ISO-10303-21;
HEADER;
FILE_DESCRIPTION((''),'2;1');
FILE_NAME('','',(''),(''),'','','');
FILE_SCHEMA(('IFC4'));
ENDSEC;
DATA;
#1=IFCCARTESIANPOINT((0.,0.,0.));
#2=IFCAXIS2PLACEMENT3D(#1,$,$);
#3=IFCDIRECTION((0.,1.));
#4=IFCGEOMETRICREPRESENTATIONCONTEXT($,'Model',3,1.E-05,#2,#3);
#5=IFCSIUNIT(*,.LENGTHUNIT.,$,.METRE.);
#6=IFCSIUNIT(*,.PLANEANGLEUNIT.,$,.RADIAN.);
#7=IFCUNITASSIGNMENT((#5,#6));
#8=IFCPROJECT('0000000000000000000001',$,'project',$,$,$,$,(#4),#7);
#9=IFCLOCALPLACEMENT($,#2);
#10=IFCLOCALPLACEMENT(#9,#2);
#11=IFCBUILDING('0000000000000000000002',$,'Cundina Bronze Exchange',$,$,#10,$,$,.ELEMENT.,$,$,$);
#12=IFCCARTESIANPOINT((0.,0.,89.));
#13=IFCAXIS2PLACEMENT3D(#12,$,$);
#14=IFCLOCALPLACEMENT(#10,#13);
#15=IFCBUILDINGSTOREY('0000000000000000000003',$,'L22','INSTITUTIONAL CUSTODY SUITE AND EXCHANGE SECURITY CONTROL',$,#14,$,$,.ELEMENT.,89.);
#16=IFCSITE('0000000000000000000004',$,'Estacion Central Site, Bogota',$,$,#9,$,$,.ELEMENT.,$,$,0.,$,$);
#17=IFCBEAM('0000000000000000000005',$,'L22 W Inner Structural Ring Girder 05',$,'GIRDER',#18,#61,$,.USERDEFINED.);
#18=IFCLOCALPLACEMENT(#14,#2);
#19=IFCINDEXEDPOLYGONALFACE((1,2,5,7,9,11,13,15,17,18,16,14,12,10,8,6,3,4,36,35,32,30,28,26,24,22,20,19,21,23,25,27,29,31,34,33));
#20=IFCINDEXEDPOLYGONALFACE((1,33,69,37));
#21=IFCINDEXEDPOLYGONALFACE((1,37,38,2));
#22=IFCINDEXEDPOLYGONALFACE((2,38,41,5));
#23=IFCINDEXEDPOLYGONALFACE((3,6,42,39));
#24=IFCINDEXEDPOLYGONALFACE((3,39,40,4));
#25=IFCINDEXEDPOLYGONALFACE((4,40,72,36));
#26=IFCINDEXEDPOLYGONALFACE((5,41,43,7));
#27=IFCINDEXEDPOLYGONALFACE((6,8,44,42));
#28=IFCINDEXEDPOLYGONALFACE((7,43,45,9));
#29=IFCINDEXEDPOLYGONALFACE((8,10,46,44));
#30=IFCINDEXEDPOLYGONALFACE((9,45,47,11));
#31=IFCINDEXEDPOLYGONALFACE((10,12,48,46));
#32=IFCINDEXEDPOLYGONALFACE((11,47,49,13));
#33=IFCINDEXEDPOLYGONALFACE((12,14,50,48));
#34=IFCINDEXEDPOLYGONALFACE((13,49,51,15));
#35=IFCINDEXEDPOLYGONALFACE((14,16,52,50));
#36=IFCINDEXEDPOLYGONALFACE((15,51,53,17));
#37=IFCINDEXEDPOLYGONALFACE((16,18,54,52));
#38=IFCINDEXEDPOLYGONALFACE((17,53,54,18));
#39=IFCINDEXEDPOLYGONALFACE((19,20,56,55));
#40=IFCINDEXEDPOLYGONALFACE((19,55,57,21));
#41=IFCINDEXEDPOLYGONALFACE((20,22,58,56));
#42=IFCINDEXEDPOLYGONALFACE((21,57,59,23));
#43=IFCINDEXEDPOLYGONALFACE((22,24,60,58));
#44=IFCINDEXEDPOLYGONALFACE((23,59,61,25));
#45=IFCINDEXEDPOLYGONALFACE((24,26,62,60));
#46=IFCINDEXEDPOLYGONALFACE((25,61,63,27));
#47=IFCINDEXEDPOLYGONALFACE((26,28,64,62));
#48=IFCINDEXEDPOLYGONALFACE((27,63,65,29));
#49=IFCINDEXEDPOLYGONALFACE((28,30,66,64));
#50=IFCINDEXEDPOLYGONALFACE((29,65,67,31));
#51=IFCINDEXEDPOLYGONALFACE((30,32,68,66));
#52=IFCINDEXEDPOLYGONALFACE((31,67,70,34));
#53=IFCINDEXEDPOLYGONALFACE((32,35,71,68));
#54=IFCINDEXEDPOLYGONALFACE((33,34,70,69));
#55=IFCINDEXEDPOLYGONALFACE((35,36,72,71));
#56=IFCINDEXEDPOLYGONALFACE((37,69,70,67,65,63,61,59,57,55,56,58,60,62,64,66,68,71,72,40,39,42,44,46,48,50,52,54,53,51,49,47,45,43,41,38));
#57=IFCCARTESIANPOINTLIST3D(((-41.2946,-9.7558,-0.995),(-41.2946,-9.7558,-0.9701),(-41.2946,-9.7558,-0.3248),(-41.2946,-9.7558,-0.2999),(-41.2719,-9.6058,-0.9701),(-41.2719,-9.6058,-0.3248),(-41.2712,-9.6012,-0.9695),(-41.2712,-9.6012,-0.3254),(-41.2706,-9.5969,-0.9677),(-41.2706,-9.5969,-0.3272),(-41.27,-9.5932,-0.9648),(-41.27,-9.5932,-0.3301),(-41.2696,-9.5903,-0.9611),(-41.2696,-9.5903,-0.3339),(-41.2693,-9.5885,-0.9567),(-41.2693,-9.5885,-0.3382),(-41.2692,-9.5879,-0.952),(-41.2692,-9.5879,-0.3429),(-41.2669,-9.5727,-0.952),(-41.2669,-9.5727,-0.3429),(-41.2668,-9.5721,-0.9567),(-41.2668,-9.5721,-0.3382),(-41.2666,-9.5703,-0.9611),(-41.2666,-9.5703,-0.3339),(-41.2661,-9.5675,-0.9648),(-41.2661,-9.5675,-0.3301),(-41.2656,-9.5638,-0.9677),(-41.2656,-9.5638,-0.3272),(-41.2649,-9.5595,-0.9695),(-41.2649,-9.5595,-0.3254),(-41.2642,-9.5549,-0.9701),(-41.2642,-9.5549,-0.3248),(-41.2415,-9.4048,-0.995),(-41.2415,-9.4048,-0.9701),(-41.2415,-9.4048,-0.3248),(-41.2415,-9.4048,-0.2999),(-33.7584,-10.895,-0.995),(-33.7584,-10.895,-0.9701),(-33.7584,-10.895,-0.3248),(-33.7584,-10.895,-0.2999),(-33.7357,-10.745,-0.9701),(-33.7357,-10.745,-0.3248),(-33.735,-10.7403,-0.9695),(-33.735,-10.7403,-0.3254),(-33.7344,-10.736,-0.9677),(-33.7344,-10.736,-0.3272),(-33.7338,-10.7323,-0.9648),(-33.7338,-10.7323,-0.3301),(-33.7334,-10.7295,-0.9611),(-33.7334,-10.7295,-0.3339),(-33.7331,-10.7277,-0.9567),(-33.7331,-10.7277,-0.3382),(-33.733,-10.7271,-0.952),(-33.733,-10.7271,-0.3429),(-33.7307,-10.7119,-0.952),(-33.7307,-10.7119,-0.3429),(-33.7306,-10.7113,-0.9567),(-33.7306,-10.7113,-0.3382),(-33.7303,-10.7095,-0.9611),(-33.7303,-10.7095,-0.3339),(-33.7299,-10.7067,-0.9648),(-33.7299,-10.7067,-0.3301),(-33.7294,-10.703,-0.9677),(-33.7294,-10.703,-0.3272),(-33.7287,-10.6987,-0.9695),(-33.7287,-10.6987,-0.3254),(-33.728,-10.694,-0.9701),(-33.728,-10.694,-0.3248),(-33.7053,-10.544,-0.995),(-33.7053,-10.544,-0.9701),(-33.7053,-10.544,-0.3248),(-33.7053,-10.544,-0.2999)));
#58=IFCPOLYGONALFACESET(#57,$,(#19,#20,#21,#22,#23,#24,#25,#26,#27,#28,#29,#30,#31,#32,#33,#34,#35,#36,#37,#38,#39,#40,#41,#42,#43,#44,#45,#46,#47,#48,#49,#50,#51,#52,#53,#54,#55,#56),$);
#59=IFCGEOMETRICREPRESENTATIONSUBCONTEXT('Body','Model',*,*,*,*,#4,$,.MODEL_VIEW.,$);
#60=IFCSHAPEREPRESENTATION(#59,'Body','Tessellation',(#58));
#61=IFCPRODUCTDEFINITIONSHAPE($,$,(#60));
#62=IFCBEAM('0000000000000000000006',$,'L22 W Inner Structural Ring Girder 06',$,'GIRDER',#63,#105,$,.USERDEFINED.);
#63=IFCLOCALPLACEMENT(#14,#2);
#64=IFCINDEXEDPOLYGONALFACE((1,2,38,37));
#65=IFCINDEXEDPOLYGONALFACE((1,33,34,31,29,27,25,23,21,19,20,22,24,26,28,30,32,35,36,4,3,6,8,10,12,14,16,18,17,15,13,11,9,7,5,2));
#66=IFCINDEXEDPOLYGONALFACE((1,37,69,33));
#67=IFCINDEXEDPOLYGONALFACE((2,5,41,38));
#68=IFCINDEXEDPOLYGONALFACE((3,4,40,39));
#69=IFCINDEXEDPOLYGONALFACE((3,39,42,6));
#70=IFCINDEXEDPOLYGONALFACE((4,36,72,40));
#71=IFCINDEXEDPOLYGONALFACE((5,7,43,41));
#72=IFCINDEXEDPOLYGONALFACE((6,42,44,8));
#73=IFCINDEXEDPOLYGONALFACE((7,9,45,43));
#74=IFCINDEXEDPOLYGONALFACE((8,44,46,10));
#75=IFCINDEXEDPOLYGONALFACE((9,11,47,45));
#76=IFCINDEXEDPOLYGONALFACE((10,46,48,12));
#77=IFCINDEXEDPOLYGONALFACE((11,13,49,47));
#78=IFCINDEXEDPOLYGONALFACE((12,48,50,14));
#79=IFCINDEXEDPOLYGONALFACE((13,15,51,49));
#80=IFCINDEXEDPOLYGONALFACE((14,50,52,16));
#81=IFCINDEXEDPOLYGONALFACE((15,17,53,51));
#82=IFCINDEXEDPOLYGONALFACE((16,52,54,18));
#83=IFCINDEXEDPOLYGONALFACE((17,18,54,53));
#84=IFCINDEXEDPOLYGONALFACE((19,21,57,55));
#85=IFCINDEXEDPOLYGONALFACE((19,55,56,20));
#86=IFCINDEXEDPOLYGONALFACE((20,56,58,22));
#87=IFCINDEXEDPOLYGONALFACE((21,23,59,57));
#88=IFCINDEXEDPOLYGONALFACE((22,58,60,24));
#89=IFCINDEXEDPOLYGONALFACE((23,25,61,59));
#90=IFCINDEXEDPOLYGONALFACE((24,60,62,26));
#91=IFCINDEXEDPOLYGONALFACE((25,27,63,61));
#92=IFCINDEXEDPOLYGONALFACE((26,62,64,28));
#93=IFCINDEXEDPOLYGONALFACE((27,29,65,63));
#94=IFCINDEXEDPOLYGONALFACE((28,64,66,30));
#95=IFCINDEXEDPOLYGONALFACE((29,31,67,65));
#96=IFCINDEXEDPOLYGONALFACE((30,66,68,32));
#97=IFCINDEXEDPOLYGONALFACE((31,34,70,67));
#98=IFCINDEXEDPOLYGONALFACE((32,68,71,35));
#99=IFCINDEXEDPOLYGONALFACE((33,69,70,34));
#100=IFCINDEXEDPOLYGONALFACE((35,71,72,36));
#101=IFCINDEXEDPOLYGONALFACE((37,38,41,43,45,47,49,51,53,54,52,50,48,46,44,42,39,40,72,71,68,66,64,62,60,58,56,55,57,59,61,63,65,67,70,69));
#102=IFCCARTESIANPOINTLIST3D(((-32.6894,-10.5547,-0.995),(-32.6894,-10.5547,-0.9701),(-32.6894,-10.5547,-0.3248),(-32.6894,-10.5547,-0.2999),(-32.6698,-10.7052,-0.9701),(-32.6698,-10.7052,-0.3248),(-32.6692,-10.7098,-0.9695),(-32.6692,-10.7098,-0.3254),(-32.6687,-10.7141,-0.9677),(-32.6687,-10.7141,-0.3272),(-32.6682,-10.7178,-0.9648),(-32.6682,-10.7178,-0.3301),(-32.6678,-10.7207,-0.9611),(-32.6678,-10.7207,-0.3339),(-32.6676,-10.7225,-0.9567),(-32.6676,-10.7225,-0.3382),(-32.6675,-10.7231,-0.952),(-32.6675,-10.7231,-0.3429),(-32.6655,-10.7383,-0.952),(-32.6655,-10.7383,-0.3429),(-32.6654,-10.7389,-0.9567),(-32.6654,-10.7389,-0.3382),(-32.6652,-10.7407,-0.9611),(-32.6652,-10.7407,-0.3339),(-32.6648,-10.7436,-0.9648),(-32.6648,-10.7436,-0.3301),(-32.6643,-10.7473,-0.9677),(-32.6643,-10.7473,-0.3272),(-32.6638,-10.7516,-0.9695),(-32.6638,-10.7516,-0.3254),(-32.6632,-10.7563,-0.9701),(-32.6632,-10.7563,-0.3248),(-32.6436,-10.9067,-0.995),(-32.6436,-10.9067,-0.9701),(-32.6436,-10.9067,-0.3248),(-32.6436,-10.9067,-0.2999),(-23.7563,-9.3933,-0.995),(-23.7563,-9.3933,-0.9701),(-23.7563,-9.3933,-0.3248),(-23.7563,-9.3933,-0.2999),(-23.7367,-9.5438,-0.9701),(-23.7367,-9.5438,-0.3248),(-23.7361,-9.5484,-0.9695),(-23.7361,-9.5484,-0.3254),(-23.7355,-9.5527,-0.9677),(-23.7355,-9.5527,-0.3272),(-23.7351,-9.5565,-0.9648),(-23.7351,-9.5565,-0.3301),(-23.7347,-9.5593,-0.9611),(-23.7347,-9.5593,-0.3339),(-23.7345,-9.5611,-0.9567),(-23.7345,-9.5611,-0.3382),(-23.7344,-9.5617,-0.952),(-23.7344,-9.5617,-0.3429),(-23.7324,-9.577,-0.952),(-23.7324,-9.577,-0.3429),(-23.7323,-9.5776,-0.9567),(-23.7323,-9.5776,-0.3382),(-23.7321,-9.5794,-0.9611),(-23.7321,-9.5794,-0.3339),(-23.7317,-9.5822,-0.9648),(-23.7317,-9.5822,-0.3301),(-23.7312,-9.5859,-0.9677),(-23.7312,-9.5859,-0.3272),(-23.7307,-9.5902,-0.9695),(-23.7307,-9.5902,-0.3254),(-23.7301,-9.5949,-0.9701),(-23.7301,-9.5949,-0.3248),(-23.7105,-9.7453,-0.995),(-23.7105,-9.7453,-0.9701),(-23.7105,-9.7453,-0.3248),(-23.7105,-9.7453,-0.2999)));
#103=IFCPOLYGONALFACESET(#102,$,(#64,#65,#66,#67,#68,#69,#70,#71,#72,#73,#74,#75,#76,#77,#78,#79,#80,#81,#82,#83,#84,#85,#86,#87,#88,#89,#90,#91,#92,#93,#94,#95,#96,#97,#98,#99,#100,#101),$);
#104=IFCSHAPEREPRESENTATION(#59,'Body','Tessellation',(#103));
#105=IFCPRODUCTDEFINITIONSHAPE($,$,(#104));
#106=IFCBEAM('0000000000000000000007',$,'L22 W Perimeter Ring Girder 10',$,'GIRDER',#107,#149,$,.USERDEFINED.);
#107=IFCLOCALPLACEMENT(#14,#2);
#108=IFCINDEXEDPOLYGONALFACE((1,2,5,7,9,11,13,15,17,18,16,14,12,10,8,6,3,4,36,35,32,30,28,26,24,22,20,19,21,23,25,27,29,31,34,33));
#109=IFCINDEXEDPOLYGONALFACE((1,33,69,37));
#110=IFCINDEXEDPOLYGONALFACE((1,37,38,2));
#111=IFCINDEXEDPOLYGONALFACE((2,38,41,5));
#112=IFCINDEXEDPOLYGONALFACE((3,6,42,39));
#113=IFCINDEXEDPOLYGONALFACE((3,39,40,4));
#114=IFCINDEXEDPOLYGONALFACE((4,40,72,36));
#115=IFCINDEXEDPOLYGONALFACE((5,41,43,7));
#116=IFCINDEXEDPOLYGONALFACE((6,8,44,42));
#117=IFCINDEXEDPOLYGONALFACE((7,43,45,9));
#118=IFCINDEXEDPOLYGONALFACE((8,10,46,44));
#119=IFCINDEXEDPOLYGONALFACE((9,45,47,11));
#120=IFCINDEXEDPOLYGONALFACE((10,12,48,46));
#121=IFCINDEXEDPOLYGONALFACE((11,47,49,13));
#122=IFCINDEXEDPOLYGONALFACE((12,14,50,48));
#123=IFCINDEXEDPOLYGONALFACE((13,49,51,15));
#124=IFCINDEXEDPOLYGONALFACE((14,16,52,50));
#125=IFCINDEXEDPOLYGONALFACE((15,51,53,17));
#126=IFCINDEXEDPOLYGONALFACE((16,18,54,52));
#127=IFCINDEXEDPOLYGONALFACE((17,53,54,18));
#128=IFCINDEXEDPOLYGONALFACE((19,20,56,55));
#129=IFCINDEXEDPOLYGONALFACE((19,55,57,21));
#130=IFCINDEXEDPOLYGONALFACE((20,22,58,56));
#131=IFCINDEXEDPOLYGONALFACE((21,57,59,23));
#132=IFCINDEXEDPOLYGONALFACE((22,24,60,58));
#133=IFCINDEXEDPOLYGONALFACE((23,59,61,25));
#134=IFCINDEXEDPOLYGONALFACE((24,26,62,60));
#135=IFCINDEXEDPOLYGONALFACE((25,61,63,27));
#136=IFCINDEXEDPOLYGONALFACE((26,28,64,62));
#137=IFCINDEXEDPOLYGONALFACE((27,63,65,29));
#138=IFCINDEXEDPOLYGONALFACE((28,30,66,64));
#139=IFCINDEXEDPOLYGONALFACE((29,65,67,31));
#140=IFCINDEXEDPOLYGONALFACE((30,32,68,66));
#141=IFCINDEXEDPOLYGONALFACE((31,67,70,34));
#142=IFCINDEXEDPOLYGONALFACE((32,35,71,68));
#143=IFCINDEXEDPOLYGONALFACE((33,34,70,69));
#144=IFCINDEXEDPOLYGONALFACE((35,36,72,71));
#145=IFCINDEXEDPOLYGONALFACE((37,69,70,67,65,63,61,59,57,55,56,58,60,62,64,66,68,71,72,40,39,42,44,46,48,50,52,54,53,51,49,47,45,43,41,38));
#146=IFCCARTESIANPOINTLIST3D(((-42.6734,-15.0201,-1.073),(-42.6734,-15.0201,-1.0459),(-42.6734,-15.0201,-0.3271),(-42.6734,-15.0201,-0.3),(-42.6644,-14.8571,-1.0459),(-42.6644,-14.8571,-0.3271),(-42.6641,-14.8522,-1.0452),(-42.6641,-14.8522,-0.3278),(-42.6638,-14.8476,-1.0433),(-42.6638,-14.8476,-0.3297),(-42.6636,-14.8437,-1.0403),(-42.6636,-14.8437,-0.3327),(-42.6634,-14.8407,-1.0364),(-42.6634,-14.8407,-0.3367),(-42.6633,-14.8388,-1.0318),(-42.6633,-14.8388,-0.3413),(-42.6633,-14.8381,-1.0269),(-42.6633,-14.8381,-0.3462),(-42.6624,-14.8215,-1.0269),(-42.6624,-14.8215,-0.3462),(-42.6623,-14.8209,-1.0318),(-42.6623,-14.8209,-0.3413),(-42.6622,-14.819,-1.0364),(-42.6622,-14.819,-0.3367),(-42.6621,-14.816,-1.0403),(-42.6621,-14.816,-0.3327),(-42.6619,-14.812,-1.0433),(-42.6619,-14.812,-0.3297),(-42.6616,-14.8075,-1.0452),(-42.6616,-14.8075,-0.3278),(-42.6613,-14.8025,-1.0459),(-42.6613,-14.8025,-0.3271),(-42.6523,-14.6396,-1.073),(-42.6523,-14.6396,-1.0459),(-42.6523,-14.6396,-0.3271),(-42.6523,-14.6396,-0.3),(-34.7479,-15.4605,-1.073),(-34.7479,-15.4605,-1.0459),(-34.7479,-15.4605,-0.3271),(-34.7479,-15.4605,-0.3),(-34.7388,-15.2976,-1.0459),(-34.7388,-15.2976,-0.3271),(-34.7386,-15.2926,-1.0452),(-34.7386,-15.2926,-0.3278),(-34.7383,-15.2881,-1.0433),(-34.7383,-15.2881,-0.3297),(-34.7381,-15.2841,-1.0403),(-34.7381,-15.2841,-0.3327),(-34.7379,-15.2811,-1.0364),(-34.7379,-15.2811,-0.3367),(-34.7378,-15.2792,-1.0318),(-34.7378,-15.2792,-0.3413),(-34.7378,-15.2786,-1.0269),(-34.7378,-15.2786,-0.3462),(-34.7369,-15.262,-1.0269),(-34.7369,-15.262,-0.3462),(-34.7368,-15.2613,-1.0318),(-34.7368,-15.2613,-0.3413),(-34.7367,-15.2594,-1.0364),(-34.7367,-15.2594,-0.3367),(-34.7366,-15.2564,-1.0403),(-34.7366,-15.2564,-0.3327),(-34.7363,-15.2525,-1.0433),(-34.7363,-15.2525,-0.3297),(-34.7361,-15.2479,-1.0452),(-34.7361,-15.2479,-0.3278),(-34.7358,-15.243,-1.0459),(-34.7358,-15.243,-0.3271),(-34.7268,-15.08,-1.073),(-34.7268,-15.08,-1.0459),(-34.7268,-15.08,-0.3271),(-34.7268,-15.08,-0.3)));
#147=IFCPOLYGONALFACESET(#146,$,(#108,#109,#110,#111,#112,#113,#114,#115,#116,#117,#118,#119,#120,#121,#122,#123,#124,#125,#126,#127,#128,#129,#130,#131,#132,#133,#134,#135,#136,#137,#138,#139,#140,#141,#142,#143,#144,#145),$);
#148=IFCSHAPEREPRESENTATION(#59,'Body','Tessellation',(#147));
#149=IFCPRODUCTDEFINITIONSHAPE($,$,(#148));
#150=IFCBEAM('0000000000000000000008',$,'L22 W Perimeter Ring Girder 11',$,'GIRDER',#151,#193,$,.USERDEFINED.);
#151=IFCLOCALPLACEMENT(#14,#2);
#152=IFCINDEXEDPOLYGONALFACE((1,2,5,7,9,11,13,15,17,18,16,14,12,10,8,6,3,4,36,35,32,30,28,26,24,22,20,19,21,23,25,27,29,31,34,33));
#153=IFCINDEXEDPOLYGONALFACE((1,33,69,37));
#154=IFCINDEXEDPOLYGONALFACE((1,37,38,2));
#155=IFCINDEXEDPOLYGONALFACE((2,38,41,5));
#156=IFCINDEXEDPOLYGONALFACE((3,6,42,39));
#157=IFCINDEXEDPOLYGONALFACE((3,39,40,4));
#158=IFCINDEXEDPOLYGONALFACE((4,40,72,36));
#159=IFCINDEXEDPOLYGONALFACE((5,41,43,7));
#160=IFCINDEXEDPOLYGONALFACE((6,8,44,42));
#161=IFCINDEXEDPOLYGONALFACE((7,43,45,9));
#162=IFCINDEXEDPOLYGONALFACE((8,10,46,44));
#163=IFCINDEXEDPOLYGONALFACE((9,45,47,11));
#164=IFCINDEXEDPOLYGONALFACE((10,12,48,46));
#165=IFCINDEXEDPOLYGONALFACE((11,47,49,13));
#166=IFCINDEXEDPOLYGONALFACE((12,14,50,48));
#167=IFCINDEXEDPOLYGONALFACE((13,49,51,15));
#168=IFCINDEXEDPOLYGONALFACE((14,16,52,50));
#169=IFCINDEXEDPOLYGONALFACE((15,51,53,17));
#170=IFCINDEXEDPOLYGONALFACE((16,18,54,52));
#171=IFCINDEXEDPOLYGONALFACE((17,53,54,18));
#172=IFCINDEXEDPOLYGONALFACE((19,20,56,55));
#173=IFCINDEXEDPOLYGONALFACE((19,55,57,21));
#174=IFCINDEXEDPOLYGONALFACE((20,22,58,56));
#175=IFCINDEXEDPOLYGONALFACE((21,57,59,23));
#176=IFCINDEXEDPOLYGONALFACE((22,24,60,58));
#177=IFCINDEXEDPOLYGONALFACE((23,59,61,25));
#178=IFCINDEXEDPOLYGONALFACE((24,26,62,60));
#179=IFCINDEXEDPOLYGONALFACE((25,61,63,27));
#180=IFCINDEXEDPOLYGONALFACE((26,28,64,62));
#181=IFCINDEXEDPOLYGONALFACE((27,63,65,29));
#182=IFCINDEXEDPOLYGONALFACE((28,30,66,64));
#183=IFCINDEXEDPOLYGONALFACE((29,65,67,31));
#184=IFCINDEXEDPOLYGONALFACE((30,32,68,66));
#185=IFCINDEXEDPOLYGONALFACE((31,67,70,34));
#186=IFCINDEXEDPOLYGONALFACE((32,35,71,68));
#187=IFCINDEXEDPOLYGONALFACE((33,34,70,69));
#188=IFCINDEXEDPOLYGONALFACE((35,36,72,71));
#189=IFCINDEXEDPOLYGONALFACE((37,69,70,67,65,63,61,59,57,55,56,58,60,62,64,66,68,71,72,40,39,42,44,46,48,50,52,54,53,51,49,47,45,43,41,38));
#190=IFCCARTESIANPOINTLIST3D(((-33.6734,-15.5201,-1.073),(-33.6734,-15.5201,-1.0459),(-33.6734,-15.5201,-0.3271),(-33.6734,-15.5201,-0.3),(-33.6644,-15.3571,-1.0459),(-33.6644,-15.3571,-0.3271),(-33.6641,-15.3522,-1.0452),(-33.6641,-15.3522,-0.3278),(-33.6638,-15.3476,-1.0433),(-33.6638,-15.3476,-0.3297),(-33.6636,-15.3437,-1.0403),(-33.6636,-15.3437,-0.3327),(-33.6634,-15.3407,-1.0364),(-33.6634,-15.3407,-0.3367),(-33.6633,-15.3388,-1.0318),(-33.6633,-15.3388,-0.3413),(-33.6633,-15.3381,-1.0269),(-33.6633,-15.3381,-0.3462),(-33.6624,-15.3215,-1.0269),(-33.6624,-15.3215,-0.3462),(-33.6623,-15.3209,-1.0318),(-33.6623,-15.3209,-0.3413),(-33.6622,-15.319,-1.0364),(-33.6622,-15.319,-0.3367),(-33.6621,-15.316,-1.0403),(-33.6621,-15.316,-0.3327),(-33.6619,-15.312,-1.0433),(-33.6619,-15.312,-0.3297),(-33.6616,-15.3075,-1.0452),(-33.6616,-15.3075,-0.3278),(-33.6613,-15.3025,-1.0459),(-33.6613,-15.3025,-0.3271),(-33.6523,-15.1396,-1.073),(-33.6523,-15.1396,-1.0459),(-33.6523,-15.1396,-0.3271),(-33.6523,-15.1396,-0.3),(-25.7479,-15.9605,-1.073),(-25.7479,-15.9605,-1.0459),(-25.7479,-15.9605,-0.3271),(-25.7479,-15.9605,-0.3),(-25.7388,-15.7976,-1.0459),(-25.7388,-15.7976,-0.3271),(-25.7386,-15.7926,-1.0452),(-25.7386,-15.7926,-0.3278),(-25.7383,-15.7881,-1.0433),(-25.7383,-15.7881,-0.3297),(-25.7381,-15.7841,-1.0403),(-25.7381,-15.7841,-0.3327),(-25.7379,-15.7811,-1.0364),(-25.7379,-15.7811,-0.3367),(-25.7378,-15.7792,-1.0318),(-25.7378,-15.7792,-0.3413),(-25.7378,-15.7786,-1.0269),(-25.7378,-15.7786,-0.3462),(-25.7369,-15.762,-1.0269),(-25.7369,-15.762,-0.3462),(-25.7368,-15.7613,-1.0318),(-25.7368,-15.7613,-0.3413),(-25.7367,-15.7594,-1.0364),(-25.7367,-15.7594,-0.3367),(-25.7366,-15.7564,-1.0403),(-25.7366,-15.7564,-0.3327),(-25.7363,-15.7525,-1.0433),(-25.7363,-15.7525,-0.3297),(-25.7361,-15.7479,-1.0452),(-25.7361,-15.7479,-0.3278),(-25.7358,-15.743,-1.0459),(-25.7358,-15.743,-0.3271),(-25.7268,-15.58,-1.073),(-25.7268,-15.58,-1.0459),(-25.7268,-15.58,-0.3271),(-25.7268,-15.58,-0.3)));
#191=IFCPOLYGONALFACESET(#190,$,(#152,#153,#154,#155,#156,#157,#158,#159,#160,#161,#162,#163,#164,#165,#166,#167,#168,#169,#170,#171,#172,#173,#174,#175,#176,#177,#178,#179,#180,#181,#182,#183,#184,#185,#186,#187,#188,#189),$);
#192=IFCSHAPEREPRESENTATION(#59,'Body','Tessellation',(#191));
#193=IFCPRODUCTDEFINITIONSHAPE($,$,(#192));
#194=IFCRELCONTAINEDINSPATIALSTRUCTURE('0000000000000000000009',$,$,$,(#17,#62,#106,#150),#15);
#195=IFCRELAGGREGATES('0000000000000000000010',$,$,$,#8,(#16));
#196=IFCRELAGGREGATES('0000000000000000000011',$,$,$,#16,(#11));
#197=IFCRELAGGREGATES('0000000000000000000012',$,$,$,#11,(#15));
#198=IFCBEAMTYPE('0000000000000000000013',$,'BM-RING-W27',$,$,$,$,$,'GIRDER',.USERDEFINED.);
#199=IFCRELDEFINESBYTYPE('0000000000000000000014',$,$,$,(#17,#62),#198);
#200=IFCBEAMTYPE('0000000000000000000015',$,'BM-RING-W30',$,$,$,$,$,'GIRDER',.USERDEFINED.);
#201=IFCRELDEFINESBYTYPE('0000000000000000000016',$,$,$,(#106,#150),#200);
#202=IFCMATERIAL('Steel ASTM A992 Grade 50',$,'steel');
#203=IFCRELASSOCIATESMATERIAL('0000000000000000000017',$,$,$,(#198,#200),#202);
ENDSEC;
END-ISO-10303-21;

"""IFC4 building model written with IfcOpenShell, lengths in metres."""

from ifc_helpers import new_model, si_unit, direction, frame, origin, origin_2d, place, context, subcontext, project, spatial, i_section, extrude, material, material_profile, profile_set, type_object, element, save


model = new_model("IFC4")

# Units and contexts
model_context = context("Model", 3, precision=1e-05, world=origin(), true_north=direction((0.0, 1.0)))
body_context = subcontext(model_context, "Body", "Model", "MODEL_VIEW")
ifc_project = project(units=[si_unit("LENGTHUNIT", "METRE"), si_unit("PLANEANGLEUNIT", "RADIAN")], contexts=[model_context])

# Site, building, storey
site_placement = place(None, origin())
site = spatial("IfcSite", under=ifc_project, at=site_placement, Name="Estacion Central Site, Bogota", CompositionType="ELEMENT", RefElevation=0.0)
building_placement = place(site_placement, origin())
building = spatial("IfcBuilding", under=site, at=building_placement, Name="Cundina Bronze Exchange", CompositionType="ELEMENT")
storey_placement = place(building_placement, frame((0.0, 0.0, 89.0)))
storey = spatial("IfcBuildingStorey", under=building, at=storey_placement, Name="L22", Description="INSTITUTIONAL CUSTODY SUITE AND EXCHANGE SECURITY CONTROL", CompositionType="ELEMENT", Elevation=89.0)

# Beams
ifc_material_1 = material(Name="Steel ASTM A992 Grade 50", Category="steel")
ifc_material_profile_1 = material_profile(ifc_material_1, i_section(OverallWidth=0.355, OverallDepth=0.6951, WebThickness=0.0154, FlangeThickness=0.0249, FilletRadius=0.0181, at=origin_2d()), Name="W27X146", Category="steel")
ifc_profile_set_1 = profile_set([ifc_material_profile_1], Name="Steel ASTM A992 Grade 50")
beam_type_1 = type_object("IfcBeamType", Name="BM-RING-W27", ElementType="GIRDER", PredefinedType="USERDEFINED", material=ifc_profile_set_1)
beam_1_placement = place(storey_placement, frame((-41.2681, -9.5803, -0.6475), z_axis=(0.988767, -0.149462, 0.0), x_axis=(0.149462, 0.988767, 0.0)))
element("IfcBeam", 1, at=beam_1_placement, inside=storey, type_object=beam_type_1, Name="L22 W Inner Structural Ring Girder 05", ObjectType="GIRDER", PredefinedType="USERDEFINED", context=body_context, shape_type="SweptSolid", body=[
    extrude(i_section(OverallWidth=0.355, OverallDepth=0.6951, WebThickness=0.0154, FlangeThickness=0.0249, FilletRadius=0.0181, at=origin_2d()), origin(), (0.0, 0.0, 1.0), 7.6218),
])
beam_2_placement = place(storey_placement, frame((-32.6665, -10.7307, -0.6475), z_axis=(0.991655, 0.128923, 0.0), x_axis=(-0.128923, 0.991655, 0.0)))
element("IfcBeam", 2, at=beam_2_placement, inside=storey, type_object=beam_type_1, Name="L22 W Inner Structural Ring Girder 06", ObjectType="GIRDER", PredefinedType="USERDEFINED", context=body_context, shape_type="SweptSolid", body=[
    extrude(i_section(OverallWidth=0.355, OverallDepth=0.6951, WebThickness=0.0154, FlangeThickness=0.0249, FilletRadius=0.0181, at=origin_2d()), origin(), (0.0, 0.0, 1.0), 9.0083),
])
ifc_material_profile_2 = material_profile(ifc_material_1, i_section(OverallWidth=0.3811, OverallDepth=0.7729, WebThickness=0.0166, FlangeThickness=0.0271, FilletRadius=0.019, at=origin_2d()), Name="W30X173", Category="steel")
ifc_profile_set_2 = profile_set([ifc_material_profile_2], Name="Steel ASTM A992 Grade 50")
beam_type_2 = type_object("IfcBeamType", Name="BM-RING-W30", ElementType="GIRDER", PredefinedType="USERDEFINED", material=ifc_profile_set_2)
for number, where, z_axis, x_axis, name in (
    (3, (-42.6628, -14.8298, -0.6865), (0.99846, -0.055485, 0.0), (0.055485, 0.99846, 0.0), "L22 W Perimeter Ring Girder 10"),
    (4, (-33.6628, -15.3298, -0.6865), (0.99846, -0.055485, 0.0), (0.055485, 0.99846, 0.0), "L22 W Perimeter Ring Girder 11"),
):
    element("IfcBeam", number, at=place(storey_placement, frame(where, z_axis=z_axis, x_axis=x_axis)), inside=storey, type_object=beam_type_2, Name=name, ObjectType="GIRDER", PredefinedType="USERDEFINED", context=body_context, shape_type="SweptSolid", body=[
        extrude(i_section(OverallWidth=0.3811, OverallDepth=0.7729, WebThickness=0.0166, FlangeThickness=0.0271, FilletRadius=0.019, at=origin_2d()), origin(), (0.0, 0.0, 1.0), 7.9377),
    ])

save(model, "model.ifc")
